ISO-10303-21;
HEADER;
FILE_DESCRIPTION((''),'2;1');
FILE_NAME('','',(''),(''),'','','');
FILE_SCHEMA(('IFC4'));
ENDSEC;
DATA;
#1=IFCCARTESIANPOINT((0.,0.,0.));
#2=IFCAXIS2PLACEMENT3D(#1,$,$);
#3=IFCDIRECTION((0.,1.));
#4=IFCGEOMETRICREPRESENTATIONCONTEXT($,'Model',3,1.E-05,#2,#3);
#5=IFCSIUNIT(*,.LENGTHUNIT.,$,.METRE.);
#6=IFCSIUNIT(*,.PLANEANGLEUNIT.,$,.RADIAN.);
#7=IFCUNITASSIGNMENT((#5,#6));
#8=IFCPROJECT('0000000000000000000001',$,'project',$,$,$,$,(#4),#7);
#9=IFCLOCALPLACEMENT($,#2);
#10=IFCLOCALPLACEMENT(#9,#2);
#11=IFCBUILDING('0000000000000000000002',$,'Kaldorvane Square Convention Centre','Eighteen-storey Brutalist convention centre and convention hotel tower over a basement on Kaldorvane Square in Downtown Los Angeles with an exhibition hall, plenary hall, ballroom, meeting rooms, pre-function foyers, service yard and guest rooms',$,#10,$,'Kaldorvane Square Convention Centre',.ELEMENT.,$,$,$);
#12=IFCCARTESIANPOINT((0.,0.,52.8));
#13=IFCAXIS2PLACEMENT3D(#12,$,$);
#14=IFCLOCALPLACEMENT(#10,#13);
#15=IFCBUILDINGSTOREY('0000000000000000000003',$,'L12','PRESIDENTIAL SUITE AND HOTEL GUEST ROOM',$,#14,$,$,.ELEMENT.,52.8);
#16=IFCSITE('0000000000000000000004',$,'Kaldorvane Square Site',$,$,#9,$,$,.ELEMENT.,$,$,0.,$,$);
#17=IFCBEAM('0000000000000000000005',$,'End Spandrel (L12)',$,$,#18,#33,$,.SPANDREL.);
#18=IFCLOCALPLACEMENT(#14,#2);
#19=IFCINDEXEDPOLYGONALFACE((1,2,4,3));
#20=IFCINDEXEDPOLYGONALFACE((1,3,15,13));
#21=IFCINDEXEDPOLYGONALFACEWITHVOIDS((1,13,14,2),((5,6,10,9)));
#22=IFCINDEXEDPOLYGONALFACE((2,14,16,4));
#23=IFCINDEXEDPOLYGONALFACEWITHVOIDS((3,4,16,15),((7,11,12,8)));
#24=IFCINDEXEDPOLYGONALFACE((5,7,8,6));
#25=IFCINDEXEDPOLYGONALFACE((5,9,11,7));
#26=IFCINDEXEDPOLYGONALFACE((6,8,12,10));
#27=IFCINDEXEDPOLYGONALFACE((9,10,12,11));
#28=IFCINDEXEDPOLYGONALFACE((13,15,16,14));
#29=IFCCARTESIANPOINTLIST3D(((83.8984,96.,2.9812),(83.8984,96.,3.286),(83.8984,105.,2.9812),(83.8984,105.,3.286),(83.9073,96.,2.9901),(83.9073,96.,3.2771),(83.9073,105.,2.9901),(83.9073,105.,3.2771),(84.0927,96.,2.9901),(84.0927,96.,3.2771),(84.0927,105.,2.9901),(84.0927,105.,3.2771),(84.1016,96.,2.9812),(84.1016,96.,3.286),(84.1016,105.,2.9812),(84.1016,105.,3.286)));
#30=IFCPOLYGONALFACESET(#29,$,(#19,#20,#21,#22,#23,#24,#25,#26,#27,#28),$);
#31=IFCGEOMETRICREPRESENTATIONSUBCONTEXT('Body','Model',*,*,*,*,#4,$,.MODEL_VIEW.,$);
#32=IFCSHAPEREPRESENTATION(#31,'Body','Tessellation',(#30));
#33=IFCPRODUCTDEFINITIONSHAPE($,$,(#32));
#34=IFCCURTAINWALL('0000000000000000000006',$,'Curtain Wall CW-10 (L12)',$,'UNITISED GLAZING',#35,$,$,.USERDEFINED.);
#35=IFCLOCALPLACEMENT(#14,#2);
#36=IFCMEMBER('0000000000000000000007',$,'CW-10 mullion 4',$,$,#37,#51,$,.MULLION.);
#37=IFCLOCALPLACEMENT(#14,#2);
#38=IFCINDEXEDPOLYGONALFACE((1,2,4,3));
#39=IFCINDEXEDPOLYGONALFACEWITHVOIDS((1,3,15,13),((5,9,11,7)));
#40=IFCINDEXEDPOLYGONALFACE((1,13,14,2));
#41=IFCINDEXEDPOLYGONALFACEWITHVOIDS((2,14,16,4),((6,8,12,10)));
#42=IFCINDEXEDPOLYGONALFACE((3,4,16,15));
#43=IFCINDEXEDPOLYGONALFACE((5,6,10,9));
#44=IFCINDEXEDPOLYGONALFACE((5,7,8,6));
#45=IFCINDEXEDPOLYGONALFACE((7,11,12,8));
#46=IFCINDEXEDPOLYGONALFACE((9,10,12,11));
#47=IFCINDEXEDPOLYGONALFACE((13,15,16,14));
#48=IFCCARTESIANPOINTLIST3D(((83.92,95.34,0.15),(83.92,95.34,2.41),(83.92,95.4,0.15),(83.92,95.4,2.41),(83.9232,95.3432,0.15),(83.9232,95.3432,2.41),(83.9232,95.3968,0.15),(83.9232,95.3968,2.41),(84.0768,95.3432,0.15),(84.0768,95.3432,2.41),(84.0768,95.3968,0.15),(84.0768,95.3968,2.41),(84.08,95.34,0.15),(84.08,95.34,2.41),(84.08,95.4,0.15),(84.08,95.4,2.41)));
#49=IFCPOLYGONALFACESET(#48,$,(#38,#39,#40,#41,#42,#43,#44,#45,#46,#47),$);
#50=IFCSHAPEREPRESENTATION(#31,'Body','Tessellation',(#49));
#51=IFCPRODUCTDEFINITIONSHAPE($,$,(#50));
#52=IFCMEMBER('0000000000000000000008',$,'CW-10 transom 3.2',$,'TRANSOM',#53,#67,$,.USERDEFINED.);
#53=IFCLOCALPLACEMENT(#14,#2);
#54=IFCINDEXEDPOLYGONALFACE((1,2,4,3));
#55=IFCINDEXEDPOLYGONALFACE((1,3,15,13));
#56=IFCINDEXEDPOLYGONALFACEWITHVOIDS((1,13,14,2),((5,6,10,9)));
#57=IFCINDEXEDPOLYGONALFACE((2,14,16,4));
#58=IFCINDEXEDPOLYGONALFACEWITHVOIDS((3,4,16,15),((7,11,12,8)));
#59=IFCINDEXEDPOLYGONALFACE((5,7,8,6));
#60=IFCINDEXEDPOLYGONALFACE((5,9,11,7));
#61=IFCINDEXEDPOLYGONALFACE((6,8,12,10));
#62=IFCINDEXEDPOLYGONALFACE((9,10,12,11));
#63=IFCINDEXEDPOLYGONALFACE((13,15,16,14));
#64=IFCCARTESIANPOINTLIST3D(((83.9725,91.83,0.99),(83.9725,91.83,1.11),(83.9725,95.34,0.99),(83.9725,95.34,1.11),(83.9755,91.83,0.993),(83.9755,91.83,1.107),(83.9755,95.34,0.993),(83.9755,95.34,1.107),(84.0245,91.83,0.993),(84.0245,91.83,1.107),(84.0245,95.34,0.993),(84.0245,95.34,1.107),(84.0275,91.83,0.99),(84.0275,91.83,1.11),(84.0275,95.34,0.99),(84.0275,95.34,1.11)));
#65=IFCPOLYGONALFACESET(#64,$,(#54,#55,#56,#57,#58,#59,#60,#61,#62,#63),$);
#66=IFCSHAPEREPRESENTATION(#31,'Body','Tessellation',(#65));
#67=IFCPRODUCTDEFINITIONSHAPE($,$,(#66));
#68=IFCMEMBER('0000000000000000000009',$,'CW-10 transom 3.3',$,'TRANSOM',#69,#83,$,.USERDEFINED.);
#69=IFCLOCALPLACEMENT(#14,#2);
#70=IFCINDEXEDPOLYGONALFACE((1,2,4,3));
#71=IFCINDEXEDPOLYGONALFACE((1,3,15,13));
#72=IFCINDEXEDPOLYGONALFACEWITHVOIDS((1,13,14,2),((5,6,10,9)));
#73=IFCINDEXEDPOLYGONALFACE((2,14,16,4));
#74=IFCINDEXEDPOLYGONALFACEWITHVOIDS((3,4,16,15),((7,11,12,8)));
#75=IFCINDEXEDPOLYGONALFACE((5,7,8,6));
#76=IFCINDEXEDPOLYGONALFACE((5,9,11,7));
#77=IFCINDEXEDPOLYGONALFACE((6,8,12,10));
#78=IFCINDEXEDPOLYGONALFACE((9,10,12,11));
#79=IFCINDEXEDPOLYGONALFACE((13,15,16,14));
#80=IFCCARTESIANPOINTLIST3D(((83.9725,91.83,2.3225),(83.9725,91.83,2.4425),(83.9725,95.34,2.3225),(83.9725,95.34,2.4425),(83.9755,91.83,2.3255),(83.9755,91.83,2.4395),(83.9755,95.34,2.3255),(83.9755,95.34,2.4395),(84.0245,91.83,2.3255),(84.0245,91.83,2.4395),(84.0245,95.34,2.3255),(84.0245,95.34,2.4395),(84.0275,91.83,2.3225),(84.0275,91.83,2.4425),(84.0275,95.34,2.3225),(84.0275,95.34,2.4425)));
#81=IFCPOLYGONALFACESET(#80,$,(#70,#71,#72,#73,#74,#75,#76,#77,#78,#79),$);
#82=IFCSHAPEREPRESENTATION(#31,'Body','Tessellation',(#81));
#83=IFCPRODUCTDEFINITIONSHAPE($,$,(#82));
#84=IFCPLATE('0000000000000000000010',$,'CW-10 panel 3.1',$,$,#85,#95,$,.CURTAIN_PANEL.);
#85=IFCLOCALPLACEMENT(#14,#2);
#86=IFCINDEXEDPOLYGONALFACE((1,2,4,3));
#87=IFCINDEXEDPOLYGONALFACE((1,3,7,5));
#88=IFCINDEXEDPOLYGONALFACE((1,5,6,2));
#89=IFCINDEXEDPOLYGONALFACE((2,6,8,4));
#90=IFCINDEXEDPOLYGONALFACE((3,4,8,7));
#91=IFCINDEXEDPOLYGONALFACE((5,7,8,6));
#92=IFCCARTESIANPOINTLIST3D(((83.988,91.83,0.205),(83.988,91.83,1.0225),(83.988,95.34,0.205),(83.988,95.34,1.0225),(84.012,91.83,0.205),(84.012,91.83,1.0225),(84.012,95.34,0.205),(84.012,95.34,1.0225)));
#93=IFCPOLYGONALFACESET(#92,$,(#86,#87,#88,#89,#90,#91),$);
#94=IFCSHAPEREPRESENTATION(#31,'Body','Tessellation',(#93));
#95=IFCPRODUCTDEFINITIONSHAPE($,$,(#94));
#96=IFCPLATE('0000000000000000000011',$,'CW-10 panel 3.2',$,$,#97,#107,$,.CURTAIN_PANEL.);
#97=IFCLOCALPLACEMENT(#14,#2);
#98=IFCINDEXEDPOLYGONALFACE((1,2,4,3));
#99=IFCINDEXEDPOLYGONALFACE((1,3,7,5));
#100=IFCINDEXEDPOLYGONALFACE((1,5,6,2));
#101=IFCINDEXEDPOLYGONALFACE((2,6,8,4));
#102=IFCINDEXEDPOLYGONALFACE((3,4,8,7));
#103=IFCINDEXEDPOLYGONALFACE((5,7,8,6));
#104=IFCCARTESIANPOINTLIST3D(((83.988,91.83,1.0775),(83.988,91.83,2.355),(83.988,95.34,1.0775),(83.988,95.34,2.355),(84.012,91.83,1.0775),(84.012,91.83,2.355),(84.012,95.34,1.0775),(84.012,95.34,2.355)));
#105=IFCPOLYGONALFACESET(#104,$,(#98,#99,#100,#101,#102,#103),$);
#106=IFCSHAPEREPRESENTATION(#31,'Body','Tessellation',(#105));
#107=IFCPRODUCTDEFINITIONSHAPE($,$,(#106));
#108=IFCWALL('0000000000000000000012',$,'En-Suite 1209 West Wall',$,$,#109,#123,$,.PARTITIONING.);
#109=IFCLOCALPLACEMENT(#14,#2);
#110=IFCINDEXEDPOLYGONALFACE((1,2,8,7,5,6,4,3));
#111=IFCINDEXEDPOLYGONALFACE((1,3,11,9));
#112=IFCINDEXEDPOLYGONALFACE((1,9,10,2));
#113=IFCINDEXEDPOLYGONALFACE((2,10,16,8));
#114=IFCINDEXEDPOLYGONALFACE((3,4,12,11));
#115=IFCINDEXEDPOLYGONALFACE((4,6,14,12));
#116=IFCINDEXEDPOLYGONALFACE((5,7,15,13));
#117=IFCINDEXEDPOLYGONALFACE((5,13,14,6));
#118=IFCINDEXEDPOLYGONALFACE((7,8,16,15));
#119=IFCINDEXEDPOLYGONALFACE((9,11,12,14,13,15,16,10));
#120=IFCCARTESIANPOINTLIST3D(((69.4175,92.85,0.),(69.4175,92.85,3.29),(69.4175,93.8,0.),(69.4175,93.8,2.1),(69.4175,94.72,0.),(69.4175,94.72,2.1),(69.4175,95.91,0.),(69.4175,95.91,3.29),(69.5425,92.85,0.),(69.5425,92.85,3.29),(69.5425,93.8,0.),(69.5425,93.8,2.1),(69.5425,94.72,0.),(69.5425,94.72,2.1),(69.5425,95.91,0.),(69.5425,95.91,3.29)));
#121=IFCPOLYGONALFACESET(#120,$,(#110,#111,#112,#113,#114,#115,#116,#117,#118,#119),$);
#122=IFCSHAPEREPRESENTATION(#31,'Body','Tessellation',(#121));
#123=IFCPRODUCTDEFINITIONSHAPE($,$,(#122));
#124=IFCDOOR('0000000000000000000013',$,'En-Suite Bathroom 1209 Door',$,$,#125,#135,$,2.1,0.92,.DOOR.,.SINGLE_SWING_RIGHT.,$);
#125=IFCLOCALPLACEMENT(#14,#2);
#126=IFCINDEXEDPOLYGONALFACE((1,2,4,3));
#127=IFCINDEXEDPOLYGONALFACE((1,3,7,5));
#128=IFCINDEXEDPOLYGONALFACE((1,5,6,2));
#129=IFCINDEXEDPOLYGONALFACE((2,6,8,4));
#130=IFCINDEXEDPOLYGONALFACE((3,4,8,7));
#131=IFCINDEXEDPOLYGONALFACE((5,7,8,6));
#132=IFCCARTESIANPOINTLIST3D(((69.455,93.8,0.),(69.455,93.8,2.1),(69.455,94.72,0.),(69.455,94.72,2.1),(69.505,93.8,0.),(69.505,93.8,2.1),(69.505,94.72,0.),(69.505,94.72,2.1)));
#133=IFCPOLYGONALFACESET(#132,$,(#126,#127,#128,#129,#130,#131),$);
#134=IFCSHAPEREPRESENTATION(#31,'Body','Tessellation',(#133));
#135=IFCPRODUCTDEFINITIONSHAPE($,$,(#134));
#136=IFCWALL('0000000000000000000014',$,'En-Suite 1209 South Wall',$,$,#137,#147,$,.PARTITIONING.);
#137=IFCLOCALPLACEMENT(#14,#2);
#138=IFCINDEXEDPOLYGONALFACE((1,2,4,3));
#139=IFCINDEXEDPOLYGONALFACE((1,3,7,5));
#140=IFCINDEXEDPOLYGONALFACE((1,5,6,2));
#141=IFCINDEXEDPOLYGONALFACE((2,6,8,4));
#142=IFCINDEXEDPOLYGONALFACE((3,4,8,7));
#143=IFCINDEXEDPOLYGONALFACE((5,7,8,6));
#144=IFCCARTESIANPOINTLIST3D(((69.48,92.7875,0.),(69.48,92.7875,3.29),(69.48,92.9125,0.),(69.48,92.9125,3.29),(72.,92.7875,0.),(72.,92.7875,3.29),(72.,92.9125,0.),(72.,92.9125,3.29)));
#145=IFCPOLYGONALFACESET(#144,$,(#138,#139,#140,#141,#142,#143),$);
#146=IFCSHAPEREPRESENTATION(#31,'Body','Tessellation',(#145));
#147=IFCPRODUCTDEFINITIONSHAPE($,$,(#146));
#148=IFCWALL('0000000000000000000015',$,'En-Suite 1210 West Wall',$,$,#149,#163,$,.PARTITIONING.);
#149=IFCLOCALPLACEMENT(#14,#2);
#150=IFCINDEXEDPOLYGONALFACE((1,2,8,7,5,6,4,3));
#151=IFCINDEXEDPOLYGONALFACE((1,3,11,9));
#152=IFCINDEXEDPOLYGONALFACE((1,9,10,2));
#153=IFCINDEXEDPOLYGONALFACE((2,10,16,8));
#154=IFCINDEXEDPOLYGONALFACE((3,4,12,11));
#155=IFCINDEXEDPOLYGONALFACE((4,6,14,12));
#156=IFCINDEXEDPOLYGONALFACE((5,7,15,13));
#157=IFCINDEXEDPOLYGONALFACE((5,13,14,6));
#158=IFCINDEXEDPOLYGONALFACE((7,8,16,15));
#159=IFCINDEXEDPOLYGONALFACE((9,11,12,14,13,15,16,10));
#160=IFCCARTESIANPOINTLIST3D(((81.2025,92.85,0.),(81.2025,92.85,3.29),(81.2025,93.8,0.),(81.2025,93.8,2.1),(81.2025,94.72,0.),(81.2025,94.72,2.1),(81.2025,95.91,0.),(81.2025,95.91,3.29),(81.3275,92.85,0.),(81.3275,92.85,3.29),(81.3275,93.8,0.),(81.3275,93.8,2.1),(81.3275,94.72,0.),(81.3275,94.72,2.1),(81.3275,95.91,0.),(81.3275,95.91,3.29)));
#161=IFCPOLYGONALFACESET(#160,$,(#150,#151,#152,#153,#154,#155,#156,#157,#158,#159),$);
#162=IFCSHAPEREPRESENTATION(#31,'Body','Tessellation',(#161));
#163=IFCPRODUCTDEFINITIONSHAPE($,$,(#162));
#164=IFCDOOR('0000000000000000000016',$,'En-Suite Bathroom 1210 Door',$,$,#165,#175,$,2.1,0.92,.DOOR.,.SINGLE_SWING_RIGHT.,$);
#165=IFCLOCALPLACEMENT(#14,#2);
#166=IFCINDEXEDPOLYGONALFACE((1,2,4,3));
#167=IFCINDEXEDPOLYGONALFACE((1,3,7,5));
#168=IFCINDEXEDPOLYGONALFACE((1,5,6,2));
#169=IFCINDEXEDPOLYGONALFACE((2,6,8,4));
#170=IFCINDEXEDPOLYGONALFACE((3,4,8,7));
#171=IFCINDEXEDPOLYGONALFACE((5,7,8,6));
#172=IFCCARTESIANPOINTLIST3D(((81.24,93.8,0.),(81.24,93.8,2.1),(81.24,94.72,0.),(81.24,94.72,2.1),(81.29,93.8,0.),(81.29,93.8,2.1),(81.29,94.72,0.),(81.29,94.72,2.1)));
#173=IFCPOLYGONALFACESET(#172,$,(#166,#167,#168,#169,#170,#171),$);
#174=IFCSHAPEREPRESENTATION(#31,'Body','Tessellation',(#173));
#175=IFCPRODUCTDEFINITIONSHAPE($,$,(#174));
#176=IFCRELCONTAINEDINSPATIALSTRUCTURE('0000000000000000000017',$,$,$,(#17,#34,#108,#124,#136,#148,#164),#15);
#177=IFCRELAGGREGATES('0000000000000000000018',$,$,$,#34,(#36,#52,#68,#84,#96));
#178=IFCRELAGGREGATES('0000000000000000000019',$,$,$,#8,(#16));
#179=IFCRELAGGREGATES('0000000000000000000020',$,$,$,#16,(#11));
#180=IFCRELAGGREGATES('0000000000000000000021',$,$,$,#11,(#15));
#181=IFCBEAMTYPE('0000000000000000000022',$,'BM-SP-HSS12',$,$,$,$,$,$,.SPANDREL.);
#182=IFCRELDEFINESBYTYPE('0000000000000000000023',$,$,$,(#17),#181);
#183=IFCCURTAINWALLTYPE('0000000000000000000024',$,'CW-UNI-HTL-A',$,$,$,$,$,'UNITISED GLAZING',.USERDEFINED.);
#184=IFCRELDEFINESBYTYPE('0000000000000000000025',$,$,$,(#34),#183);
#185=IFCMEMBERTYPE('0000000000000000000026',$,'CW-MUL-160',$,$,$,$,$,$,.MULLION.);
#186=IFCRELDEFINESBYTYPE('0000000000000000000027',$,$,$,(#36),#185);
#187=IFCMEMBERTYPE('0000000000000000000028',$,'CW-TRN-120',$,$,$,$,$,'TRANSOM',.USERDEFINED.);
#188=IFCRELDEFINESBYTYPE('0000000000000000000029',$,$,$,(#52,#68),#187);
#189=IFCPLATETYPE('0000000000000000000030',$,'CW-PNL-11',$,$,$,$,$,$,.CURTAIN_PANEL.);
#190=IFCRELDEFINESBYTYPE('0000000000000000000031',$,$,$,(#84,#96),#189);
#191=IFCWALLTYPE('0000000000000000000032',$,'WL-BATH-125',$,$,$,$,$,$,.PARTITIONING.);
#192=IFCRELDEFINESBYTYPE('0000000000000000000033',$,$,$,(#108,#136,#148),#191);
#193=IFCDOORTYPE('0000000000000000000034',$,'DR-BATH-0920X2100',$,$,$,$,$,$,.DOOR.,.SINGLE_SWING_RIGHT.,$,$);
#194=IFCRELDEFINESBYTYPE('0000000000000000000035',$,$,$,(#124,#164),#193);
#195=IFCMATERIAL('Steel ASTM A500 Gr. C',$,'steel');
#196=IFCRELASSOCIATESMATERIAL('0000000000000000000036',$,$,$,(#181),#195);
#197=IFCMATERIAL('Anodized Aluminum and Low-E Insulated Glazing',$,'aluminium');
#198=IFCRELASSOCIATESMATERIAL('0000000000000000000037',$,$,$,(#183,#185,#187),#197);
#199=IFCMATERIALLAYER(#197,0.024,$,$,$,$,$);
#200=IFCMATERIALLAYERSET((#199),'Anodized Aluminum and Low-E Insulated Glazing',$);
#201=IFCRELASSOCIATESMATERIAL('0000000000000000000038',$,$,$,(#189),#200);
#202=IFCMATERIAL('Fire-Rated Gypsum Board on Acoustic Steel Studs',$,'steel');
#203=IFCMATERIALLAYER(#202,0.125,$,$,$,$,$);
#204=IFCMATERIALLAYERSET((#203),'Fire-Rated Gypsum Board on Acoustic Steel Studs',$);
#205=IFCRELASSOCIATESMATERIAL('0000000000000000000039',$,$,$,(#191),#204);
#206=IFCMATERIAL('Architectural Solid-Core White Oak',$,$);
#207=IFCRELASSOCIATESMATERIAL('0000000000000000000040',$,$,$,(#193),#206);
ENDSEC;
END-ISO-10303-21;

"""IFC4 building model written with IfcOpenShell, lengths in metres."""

from ifc_helpers import new_model, si_unit, direction, frame, frame_2d, origin, origin_2d, place, context, subcontext, project, spatial, rectangle, hollow_rectangle, extrude, material, layer, layer_set, material_profile, profile_set, type_object, element, fill, aggregate, save


model = new_model("IFC4")

# Units and contexts
model_context = context("Model", 3, precision=1e-05, world=origin(), true_north=direction((0.0, 1.0)))
body_context = subcontext(model_context, "Body", "Model", "MODEL_VIEW")
ifc_project = project(units=[si_unit("LENGTHUNIT", "METRE"), si_unit("PLANEANGLEUNIT", "RADIAN")], contexts=[model_context])

# Site, building, storey
site_placement = place(None, origin())
site = spatial("IfcSite", under=ifc_project, at=site_placement, Name="Kaldorvane Square Site", CompositionType="ELEMENT", RefElevation=0.0)
building_placement = place(site_placement, origin())
building = spatial("IfcBuilding", under=site, at=building_placement, Name="Kaldorvane Square Convention Centre", Description="Eighteen-storey Brutalist convention centre and convention hotel tower over a basement on Kaldorvane Square in Downtown Los Angeles with an exhibition hall, plenary hall, ballroom, meeting rooms, pre-function foyers, service yard and guest rooms", LongName="Kaldorvane Square Convention Centre", CompositionType="ELEMENT")
storey_placement = place(building_placement, frame((0.0, 0.0, 52.8)))
storey = spatial("IfcBuildingStorey", under=building, at=storey_placement, Name="L12", Description="PRESIDENTIAL SUITE AND HOTEL GUEST ROOM", CompositionType="ELEMENT", Elevation=52.8)

# Beam
ifc_material_1 = material(Name="Steel ASTM A500 Gr. C", Category="steel")
ifc_material_profile_1 = material_profile(ifc_material_1, hollow_rectangle(XDim=0.2032, YDim=0.3048, WallThickness=0.0089, at=origin_2d()), Name="HSS12X8X3/8")
ifc_profile_set_1 = profile_set([ifc_material_profile_1], Name="Steel ASTM A500 Gr. C")
beam_type_1 = type_object("IfcBeamType", Name="BM-SP-HSS12", PredefinedType="SPANDREL", material=ifc_profile_set_1)
beam_1_placement = place(storey_placement, frame((84.0, 96.0, 3.1336), z_axis=(0.0, 1.0, 0.0), x_axis=(-1.0, 0.0, 0.0)))
element("IfcBeam", 1, at=beam_1_placement, inside=storey, type_object=beam_type_1, Name="End Spandrel (L12)", PredefinedType="SPANDREL", context=body_context, shape_type="SweptSolid", body=[
    extrude(hollow_rectangle(XDim=0.2032, YDim=0.3048, WallThickness=0.0089, at=origin_2d()), origin(), (0.0, 0.0, 1.0), 9.0),
])

# Curtain wall, members, plates
ifc_material_2 = material(Name="Anodized Aluminum and Low-E Insulated Glazing", Category="aluminium")
curtain_wall_type = type_object("IfcCurtainWallType", Name="CW-UNI-HTL-A", ElementType="UNITISED GLAZING", PredefinedType="USERDEFINED", material=ifc_material_2)
curtain_wall_placement = place(storey_placement, origin())
curtain_wall = element("IfcCurtainWall", 2, at=curtain_wall_placement, inside=storey, type_object=curtain_wall_type, Name="Curtain Wall CW-10 (L12)", ObjectType="UNITISED GLAZING", PredefinedType="USERDEFINED")
ifc_material_profile_2 = material_profile(ifc_material_2, hollow_rectangle(XDim=0.06, YDim=0.16, WallThickness=0.0032, at=origin_2d()), Name="CWM-160X60")
ifc_profile_set_2 = profile_set([ifc_material_profile_2], Name="Anodized Aluminum and Low-E Insulated Glazing")
member_type_1 = type_object("IfcMemberType", Name="CW-MUL-160", PredefinedType="MULLION", material=ifc_profile_set_2)
member_1_placement = place(storey_placement, frame((84.0, 95.37, 0.15), z_axis=(0.0, 0.0, 1.0), x_axis=(0.0, 1.0, 0.0)))
member_1 = element("IfcMember", 3, at=member_1_placement, type_object=member_type_1, Name="CW-10 mullion 4", PredefinedType="MULLION", context=body_context, shape_type="SweptSolid", body=[
    extrude(hollow_rectangle(XDim=0.06, YDim=0.16, WallThickness=0.0032, at=origin_2d()), origin(), (0.0, 0.0, 1.0), 2.26),
])
ifc_material_profile_3 = material_profile(ifc_material_2, hollow_rectangle(XDim=0.055, YDim=0.12, WallThickness=0.003, at=origin_2d()), Name="CWT-120X55")
ifc_profile_set_3 = profile_set([ifc_material_profile_3], Name="Anodized Aluminum and Low-E Insulated Glazing")
member_type_2 = type_object("IfcMemberType", Name="CW-TRN-120", ElementType="TRANSOM", PredefinedType="USERDEFINED", material=ifc_profile_set_3)
member_2_placement = place(storey_placement, frame((84.0, 91.83, 1.05), z_axis=(0.0, 1.0, 0.0), x_axis=(-1.0, 0.0, 0.0)))
member_2 = element("IfcMember", 4, at=member_2_placement, type_object=member_type_2, Name="CW-10 transom 3.2", ObjectType="TRANSOM", PredefinedType="USERDEFINED", context=body_context, shape_type="SweptSolid", body=[
    extrude(hollow_rectangle(XDim=0.055, YDim=0.12, WallThickness=0.003, at=origin_2d()), origin(), (0.0, 0.0, 1.0), 3.51),
])
member_3_placement = place(storey_placement, frame((84.0, 91.83, 2.3825), z_axis=(0.0, 1.0, 0.0), x_axis=(-1.0, 0.0, 0.0)))
member_3 = element("IfcMember", 5, at=member_3_placement, type_object=member_type_2, Name="CW-10 transom 3.3", ObjectType="TRANSOM", PredefinedType="USERDEFINED", context=body_context, shape_type="SweptSolid", body=[
    extrude(hollow_rectangle(XDim=0.055, YDim=0.12, WallThickness=0.003, at=origin_2d()), origin(), (0.0, 0.0, 1.0), 3.51),
])
ifc_layer_1 = layer(ifc_material_2, 0.024)
ifc_layer_set_1 = layer_set([ifc_layer_1], Name="Anodized Aluminum and Low-E Insulated Glazing")
plate_type = type_object("IfcPlateType", Name="CW-PNL-11", PredefinedType="CURTAIN_PANEL", material=ifc_layer_set_1)
plate_1_placement = place(storey_placement, frame((84.0, 93.585, 0.205), z_axis=(0.0, 0.0, 1.0), x_axis=(0.0, 1.0, 0.0)))
plate_1 = element("IfcPlate", 6, at=plate_1_placement, type_object=plate_type, Name="CW-10 panel 3.1", PredefinedType="CURTAIN_PANEL", context=body_context, shape_type="SweptSolid", body=[
    extrude(rectangle(XDim=3.51, YDim=0.024, at=origin_2d()), origin(), (0.0, 0.0, 1.0), 0.8175),
])
plate_2_placement = place(storey_placement, frame((84.0, 93.585, 1.0775), z_axis=(0.0, 0.0, 1.0), x_axis=(0.0, 1.0, 0.0)))
plate_2 = element("IfcPlate", 7, at=plate_2_placement, type_object=plate_type, Name="CW-10 panel 3.2", PredefinedType="CURTAIN_PANEL", context=body_context, shape_type="SweptSolid", body=[
    extrude(rectangle(XDim=3.51, YDim=0.024, at=origin_2d()), origin(), (0.0, 0.0, 1.0), 1.2775),
])
aggregate(curtain_wall, [member_1, member_2, member_3, plate_1, plate_2])

# Wall, opening, door
ifc_material_3 = material(Name="Fire-Rated Gypsum Board on Acoustic Steel Studs", Category="steel")
ifc_layer_2 = layer(ifc_material_3, 0.125)
ifc_layer_set_2 = layer_set([ifc_layer_2], Name="Fire-Rated Gypsum Board on Acoustic Steel Studs")
wall_type_1 = type_object("IfcWallType", Name="WL-BATH-125", PredefinedType="PARTITIONING", material=ifc_layer_set_2)
wall_1_placement = place(storey_placement, frame((69.48, 92.85, 0.0), z_axis=(0.0, 0.0, 1.0), x_axis=(0.0, 1.0, 0.0)))
wall_1 = element("IfcWall", 8, at=wall_1_placement, inside=storey, type_object=wall_type_1, Name="En-Suite 1209 West Wall", PredefinedType="PARTITIONING", context=body_context, shape_type="SweptSolid", body=[
    extrude(rectangle(XDim=3.06, YDim=0.125, at=frame_2d((1.53, 0.0))), origin(), (0.0, 0.0, 1.0), 3.29),
])
opening_1_placement = place(wall_1_placement, frame((0.95, 0.0, 0.0)))
opening_1 = element("IfcOpeningElement", 9, at=opening_1_placement, cuts=wall_1, PredefinedType="OPENING", context=body_context, shape_type="SweptSolid", body=[
    extrude(rectangle(XDim=0.92, YDim=2.1, at=frame_2d((0.46, 1.05))), frame((0.0, 0.0775, 0.0), z_axis=(0.0, -1.0, 0.0), x_axis=(1.0, 0.0, 0.0)), (0.0, 0.0, 1.0), 0.155),
])
ifc_material_4 = material(Name="Architectural Solid-Core White Oak")
door_type_1 = type_object("IfcDoorType", Name="DR-BATH-0920X2100", OperationType="SINGLE_SWING_RIGHT", PredefinedType="DOOR", material=ifc_material_4)
door_1_placement = place(opening_1_placement, origin())
door_1 = element("IfcDoor", 10, at=door_1_placement, inside=storey, type_object=door_type_1, Name="En-Suite Bathroom 1209 Door", OperationType="SINGLE_SWING_RIGHT", OverallHeight=2.1, OverallWidth=0.92, PredefinedType="DOOR", context=body_context, shape_type="SweptSolid", body=[
    extrude(rectangle(XDim=0.92, YDim=2.1, at=frame_2d((0.46, 1.05))), frame((0.0, 0.025, 0.0), z_axis=(0.0, -1.0, 0.0), x_axis=(1.0, 0.0, 0.0)), (0.0, 0.0, 1.0), 0.05),
])
fill(opening_1, door_1)

# Wall
wall_2_placement = place(storey_placement, frame((69.48, 92.85, 0.0), z_axis=(0.0, 0.0, 1.0), x_axis=(1.0, 0.0, 0.0)))
element("IfcWall", 11, at=wall_2_placement, inside=storey, type_object=wall_type_1, Name="En-Suite 1209 South Wall", PredefinedType="PARTITIONING", context=body_context, shape_type="SweptSolid", body=[
    extrude(rectangle(XDim=2.52, YDim=0.125, at=frame_2d((1.26, 0.0))), origin(), (0.0, 0.0, 1.0), 3.29),
])

# Wall, opening, door
wall_3_placement = place(storey_placement, frame((81.265, 92.85, 0.0), z_axis=(0.0, 0.0, 1.0), x_axis=(0.0, 1.0, 0.0)))
wall_3 = element("IfcWall", 12, at=wall_3_placement, inside=storey, type_object=wall_type_1, Name="En-Suite 1210 West Wall", PredefinedType="PARTITIONING", context=body_context, shape_type="SweptSolid", body=[
    extrude(rectangle(XDim=3.06, YDim=0.125, at=frame_2d((1.53, 0.0))), origin(), (0.0, 0.0, 1.0), 3.29),
])
opening_2_placement = place(wall_3_placement, frame((0.95, 0.0, 0.0)))
opening_2 = element("IfcOpeningElement", 13, at=opening_2_placement, cuts=wall_3, PredefinedType="OPENING", context=body_context, shape_type="SweptSolid", body=[
    extrude(rectangle(XDim=0.92, YDim=2.1, at=frame_2d((0.46, 1.05))), frame((0.0, 0.0775, 0.0), z_axis=(0.0, -1.0, 0.0), x_axis=(1.0, 0.0, 0.0)), (0.0, 0.0, 1.0), 0.155),
])
door_2_placement = place(opening_2_placement, origin())
door_2 = element("IfcDoor", 14, at=door_2_placement, inside=storey, type_object=door_type_1, Name="En-Suite Bathroom 1210 Door", OperationType="SINGLE_SWING_RIGHT", OverallHeight=2.1, OverallWidth=0.92, PredefinedType="DOOR", context=body_context, shape_type="SweptSolid", body=[
    extrude(rectangle(XDim=0.92, YDim=2.1, at=frame_2d((0.46, 1.05))), frame((0.0, 0.025, 0.0), z_axis=(0.0, -1.0, 0.0), x_axis=(1.0, 0.0, 0.0)), (0.0, 0.0, 1.0), 0.05),
])
fill(opening_2, door_2)

save(model, "model.ifc")
